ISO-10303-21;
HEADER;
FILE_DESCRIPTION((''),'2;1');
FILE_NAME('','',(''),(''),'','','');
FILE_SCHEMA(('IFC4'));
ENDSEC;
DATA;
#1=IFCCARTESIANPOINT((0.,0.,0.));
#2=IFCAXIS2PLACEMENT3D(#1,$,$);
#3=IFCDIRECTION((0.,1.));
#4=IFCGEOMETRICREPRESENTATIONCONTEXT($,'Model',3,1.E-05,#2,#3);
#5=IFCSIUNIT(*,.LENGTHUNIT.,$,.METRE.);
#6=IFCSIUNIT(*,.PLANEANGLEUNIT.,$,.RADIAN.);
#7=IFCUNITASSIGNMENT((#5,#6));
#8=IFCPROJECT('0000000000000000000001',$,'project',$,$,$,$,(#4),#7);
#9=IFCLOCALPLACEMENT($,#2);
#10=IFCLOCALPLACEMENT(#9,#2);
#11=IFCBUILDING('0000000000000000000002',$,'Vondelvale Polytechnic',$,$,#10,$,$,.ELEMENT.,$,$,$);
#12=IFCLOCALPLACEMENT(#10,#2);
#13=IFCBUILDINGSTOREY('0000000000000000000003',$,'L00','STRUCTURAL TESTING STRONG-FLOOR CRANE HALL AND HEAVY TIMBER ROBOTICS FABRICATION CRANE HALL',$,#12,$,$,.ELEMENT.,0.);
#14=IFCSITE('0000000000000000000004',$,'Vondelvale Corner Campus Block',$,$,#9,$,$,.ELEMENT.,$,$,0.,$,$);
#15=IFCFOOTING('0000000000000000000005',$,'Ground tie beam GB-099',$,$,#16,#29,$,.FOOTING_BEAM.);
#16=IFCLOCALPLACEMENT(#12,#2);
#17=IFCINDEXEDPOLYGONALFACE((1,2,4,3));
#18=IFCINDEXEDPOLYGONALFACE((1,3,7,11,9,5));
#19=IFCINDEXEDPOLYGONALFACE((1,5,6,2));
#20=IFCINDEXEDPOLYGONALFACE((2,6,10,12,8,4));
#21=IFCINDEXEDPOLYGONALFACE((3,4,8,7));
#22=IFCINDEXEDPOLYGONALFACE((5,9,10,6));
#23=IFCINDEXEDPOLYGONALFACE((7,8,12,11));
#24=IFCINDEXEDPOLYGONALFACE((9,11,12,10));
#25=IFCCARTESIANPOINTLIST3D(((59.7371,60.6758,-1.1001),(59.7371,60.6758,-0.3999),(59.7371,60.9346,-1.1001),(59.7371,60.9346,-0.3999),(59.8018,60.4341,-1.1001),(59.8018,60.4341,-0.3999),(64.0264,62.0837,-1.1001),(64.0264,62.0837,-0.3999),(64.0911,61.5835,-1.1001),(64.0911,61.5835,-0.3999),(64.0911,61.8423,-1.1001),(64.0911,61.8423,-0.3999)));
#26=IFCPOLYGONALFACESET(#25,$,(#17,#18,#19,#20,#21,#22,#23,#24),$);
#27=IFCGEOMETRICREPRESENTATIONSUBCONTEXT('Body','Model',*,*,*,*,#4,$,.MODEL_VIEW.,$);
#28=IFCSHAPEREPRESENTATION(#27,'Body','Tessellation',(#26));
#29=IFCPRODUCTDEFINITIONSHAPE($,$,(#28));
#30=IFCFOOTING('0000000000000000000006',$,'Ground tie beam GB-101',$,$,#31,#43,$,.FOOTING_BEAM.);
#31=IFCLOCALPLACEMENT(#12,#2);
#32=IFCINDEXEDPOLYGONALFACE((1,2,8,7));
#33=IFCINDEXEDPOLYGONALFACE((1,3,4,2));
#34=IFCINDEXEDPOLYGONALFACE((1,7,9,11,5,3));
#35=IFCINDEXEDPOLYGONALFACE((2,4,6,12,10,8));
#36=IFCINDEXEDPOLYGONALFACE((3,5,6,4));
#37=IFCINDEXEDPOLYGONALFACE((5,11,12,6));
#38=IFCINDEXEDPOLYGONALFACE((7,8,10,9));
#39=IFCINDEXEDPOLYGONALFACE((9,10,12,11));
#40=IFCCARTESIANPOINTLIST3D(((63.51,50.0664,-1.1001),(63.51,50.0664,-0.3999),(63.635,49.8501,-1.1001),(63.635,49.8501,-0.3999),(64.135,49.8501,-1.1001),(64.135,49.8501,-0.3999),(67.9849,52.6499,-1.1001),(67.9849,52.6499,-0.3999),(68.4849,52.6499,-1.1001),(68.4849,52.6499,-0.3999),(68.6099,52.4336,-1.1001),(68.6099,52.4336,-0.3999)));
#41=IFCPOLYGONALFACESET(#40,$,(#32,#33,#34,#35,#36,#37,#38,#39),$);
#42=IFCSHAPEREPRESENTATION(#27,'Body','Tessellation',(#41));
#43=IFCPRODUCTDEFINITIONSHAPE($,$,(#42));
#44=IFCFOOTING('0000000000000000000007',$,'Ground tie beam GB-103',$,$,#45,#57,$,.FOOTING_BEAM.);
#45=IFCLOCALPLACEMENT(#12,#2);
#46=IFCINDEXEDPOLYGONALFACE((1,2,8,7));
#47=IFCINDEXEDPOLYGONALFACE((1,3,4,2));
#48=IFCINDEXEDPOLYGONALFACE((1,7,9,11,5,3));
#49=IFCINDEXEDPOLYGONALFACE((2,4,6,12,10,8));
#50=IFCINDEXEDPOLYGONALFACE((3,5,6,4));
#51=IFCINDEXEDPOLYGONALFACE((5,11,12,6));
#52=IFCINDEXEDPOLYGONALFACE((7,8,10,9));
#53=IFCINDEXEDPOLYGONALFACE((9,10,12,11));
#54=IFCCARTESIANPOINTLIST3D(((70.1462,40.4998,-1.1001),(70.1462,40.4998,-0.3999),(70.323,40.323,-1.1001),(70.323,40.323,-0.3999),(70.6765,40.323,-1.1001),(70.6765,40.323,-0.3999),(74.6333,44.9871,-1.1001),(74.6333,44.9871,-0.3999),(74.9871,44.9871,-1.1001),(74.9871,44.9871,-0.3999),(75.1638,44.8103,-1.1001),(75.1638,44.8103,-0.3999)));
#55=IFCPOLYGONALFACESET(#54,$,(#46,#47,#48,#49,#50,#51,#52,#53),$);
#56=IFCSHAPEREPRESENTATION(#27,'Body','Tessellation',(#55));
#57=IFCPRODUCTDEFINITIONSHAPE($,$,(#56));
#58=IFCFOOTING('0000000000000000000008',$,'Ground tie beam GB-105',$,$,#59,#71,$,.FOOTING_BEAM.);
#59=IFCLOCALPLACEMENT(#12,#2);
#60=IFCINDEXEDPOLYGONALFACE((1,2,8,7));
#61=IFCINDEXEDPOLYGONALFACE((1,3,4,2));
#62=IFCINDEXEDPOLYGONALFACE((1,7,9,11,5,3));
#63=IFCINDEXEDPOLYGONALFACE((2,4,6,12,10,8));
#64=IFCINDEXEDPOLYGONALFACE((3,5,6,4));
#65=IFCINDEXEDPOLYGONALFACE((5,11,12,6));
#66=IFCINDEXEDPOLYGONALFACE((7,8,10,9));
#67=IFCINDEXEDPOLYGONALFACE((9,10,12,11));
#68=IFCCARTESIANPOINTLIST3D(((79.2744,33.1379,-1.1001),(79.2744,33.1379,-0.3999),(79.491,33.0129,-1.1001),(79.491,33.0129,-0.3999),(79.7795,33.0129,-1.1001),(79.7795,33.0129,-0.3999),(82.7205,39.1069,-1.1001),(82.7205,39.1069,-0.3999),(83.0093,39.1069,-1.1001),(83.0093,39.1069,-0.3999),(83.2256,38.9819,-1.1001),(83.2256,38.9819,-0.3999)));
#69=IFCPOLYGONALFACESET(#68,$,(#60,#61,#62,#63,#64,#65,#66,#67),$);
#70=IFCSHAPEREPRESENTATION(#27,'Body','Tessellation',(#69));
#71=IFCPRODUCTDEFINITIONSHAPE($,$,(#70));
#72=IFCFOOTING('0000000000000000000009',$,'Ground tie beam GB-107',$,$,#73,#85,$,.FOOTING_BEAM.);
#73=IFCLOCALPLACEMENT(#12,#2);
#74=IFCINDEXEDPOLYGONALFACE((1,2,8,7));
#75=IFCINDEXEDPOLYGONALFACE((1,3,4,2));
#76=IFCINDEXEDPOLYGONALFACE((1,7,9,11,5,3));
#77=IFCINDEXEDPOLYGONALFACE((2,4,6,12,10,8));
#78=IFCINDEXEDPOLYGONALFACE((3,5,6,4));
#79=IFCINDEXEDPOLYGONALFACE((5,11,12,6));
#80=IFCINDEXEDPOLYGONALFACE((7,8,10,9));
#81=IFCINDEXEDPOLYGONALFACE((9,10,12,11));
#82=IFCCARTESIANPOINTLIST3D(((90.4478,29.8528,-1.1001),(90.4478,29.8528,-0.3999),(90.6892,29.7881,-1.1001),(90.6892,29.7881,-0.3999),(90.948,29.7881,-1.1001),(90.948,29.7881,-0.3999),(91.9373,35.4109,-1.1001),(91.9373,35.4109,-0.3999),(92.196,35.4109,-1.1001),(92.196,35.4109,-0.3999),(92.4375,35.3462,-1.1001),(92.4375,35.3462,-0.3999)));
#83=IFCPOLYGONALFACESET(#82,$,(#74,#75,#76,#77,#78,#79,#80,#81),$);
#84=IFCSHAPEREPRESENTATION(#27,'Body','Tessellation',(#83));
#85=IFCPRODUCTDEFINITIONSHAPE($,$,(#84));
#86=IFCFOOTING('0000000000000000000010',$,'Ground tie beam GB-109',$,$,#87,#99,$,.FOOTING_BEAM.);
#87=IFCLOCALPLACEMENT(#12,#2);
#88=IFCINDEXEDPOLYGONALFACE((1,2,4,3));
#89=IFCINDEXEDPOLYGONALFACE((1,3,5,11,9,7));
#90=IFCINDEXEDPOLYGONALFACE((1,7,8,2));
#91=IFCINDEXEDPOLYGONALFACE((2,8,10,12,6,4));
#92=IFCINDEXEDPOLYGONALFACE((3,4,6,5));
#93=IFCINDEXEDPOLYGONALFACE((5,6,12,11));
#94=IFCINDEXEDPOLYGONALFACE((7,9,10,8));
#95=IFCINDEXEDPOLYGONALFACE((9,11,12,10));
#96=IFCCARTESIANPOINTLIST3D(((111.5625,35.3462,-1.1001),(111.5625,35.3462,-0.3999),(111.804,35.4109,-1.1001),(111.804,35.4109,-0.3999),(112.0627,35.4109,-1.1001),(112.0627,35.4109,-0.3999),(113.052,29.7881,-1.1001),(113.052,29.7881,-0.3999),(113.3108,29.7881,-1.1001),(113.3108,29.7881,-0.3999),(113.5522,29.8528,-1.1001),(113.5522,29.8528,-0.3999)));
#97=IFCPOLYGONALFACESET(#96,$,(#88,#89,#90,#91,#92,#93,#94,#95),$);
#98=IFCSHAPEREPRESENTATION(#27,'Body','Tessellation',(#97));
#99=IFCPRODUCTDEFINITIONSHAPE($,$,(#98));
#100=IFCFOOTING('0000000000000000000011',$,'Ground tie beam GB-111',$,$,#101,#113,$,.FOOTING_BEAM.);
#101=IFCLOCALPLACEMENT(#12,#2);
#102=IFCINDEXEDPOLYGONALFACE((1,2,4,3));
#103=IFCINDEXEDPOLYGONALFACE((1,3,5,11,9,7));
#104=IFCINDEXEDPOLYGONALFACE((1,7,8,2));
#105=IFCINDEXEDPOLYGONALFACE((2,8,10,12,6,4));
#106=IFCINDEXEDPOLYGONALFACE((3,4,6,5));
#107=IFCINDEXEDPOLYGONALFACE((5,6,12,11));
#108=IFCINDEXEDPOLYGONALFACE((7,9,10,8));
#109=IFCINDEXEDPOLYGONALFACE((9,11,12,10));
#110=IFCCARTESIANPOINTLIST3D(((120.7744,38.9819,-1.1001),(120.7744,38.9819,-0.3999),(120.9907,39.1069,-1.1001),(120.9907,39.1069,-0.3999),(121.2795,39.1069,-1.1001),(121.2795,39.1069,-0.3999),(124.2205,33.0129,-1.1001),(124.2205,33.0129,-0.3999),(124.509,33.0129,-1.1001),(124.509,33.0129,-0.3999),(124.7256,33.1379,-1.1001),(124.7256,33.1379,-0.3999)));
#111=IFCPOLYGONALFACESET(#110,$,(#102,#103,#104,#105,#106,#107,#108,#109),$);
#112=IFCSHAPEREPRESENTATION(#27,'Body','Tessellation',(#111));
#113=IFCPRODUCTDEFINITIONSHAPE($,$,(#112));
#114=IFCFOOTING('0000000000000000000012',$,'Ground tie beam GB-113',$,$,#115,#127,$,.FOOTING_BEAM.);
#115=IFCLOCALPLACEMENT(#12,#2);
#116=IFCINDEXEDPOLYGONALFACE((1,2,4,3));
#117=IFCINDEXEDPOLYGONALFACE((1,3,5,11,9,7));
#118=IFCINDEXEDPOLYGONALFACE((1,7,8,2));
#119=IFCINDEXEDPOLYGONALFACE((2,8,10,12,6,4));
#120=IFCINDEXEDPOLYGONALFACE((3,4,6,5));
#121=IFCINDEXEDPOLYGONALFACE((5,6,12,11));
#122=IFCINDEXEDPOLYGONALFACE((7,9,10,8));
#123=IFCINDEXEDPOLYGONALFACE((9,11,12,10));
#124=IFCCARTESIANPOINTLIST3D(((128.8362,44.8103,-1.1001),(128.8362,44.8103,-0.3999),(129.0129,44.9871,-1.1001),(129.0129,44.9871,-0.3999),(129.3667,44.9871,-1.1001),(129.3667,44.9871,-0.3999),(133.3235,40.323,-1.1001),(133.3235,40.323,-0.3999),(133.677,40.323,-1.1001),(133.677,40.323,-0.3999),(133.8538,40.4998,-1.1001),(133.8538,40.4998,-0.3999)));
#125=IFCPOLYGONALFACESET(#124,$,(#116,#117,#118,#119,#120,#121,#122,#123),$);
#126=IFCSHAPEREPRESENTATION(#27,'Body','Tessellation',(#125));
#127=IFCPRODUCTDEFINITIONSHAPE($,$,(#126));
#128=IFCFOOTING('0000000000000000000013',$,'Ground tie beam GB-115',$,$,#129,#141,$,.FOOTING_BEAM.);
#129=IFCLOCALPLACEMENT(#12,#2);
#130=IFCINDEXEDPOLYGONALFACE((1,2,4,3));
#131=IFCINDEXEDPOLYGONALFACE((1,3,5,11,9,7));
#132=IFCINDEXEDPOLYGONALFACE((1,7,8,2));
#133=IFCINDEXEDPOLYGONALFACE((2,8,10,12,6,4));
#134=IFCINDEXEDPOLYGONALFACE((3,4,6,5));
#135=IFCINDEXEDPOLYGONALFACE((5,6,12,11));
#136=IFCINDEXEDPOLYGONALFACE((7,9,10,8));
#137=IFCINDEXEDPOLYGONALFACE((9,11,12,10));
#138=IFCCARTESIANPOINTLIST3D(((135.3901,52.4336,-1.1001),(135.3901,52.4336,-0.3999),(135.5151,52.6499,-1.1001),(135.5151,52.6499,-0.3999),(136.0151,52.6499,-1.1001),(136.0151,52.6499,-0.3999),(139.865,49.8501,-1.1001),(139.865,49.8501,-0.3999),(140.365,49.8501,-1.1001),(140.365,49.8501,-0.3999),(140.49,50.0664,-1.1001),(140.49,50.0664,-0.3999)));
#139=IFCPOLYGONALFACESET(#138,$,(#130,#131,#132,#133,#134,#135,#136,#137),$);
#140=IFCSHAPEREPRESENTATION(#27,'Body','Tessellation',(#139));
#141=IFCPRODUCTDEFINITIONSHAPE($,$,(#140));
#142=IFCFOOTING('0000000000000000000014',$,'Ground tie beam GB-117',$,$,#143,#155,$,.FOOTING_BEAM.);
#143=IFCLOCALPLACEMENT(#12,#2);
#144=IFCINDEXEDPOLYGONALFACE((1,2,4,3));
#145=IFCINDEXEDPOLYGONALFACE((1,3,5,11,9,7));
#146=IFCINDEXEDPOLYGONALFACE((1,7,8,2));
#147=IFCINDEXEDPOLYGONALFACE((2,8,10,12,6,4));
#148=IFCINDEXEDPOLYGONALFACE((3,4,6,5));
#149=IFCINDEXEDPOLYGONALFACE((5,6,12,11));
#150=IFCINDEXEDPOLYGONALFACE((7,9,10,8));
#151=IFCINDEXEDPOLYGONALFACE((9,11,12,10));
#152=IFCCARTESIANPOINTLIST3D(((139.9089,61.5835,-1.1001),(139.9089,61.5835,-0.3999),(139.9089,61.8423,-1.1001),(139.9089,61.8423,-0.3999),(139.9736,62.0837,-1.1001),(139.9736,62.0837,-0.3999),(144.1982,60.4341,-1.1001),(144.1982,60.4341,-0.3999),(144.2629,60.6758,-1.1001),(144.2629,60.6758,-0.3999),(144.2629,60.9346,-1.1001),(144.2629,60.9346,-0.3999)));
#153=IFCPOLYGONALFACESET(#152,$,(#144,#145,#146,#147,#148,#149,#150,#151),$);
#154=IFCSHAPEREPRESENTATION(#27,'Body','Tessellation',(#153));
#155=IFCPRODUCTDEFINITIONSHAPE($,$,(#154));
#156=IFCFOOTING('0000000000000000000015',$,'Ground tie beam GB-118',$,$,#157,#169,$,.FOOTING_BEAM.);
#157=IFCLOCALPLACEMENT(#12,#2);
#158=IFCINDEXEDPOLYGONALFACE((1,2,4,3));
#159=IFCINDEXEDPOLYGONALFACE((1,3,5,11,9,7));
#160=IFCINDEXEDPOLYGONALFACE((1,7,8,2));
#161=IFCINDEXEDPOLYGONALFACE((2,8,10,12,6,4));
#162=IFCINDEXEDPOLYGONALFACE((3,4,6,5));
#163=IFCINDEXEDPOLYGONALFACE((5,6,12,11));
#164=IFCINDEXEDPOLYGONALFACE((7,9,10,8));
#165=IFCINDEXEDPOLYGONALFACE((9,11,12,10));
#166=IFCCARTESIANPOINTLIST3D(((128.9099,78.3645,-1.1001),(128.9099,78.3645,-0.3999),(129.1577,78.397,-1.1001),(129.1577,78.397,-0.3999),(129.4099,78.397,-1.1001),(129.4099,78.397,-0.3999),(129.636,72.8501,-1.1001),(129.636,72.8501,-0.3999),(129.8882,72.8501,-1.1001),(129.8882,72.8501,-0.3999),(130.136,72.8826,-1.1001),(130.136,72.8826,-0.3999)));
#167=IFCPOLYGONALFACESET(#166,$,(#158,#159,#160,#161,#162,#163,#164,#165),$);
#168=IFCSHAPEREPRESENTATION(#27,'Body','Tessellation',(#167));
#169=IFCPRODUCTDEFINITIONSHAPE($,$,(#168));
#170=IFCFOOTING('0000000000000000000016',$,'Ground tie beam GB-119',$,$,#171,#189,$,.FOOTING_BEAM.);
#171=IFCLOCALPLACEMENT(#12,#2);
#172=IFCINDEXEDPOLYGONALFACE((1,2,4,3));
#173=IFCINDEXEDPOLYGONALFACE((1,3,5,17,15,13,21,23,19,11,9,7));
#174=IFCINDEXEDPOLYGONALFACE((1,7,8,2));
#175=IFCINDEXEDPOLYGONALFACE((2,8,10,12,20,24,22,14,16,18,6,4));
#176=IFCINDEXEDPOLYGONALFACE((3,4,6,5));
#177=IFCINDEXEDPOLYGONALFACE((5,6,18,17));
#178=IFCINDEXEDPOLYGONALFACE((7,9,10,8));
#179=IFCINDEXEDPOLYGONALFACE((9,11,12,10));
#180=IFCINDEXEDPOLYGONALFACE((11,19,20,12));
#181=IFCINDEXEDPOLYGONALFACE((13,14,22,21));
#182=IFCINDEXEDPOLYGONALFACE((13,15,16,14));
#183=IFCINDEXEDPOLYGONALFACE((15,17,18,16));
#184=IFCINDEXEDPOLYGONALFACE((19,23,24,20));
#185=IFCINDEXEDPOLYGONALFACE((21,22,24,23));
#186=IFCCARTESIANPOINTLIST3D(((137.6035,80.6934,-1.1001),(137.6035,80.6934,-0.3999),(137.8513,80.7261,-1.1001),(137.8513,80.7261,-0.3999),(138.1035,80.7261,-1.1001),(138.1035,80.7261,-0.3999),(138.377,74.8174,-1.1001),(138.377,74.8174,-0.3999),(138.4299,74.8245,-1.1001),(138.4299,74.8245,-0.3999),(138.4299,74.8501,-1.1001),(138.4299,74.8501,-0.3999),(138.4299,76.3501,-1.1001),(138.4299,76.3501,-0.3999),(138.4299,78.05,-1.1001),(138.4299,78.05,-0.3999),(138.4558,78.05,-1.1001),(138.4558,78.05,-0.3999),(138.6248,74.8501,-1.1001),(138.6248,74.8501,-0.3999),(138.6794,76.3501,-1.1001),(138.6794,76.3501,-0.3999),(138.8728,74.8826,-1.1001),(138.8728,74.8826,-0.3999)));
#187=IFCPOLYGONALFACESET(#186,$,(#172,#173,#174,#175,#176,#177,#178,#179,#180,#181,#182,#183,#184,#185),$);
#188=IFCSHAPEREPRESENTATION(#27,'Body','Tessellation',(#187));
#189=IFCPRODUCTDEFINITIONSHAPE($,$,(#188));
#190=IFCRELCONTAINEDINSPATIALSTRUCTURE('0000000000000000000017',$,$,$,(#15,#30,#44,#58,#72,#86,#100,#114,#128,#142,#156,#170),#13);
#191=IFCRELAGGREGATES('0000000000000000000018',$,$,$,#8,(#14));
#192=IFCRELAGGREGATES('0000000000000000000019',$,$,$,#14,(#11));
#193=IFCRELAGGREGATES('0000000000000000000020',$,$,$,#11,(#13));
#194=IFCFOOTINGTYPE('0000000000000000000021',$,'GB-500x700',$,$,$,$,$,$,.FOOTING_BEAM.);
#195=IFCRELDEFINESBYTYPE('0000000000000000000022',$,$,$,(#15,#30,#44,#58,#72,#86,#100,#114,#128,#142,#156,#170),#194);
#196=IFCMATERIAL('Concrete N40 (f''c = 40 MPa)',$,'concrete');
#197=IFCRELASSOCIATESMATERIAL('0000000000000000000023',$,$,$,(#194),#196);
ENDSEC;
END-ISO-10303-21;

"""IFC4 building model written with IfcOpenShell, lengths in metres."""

from ifc_helpers import new_model, si_unit, direction, frame, origin, place, context, subcontext, project, spatial, polyline, outline, extrude, material, type_object, element, save


model = new_model("IFC4")

# Units and contexts
model_context = context("Model", 3, precision=1e-05, world=origin(), true_north=direction((0.0, 1.0)))
body_context = subcontext(model_context, "Body", "Model", "MODEL_VIEW")
ifc_project = project(units=[si_unit("LENGTHUNIT", "METRE"), si_unit("PLANEANGLEUNIT", "RADIAN")], contexts=[model_context])

# Site, building, storey
site_placement = place(None, origin())
site = spatial("IfcSite", under=ifc_project, at=site_placement, Name="Vondelvale Corner Campus Block", CompositionType="ELEMENT", RefElevation=0.0)
building_placement = place(site_placement, origin())
building = spatial("IfcBuilding", under=site, at=building_placement, Name="Vondelvale Polytechnic", CompositionType="ELEMENT")
storey_placement = place(building_placement, origin())
storey = spatial("IfcBuildingStorey", under=building, at=storey_placement, Name="L00", Description="STRUCTURAL TESTING STRONG-FLOOR CRANE HALL AND HEAVY TIMBER ROBOTICS FABRICATION CRANE HALL", CompositionType="ELEMENT", Elevation=0.0)

# Footings
ifc_material = material(Name="Concrete N40 (f'c = 40 MPa)", Category="concrete")
footing_type = type_object("IfcFootingType", Name="GB-500x700", PredefinedType="FOOTING_BEAM", material=ifc_material)
footing_1_placement = place(storey_placement, frame((0.0, 0.0, -1.1001)))
element("IfcFooting", 1, at=footing_1_placement, inside=storey, type_object=footing_type, Name="Ground tie beam GB-099", PredefinedType="FOOTING_BEAM", context=body_context, shape_type="SweptSolid", body=[
    extrude(outline(polyline([(64.0264, 62.0837), (64.0911, 61.8423), (64.0911, 61.5835), (59.8018, 60.4341), (59.7371, 60.6758), (59.7371, 60.9346), (64.0264, 62.0837)])), origin(), (0.0, 0.0, 1.0), 0.7002),
])
footing_2_placement = place(storey_placement, frame((0.0, 0.0, -1.1001)))
element("IfcFooting", 2, at=footing_2_placement, inside=storey, type_object=footing_type, Name="Ground tie beam GB-101", PredefinedType="FOOTING_BEAM", context=body_context, shape_type="SweptSolid", body=[
    extrude(outline(polyline([(63.51, 50.0664), (67.9849, 52.6499), (68.4849, 52.6499), (68.6099, 52.4336), (64.135, 49.8501), (63.635, 49.8501), (63.51, 50.0664)])), origin(), (0.0, 0.0, 1.0), 0.7002),
])
footing_3_placement = place(storey_placement, frame((0.0, 0.0, -1.1001)))
element("IfcFooting", 3, at=footing_3_placement, inside=storey, type_object=footing_type, Name="Ground tie beam GB-103", PredefinedType="FOOTING_BEAM", context=body_context, shape_type="SweptSolid", body=[
    extrude(outline(polyline([(70.1462, 40.4998), (74.6333, 44.9871), (74.9871, 44.9871), (75.1638, 44.8103), (70.6765, 40.323), (70.323, 40.323), (70.1462, 40.4998)])), origin(), (0.0, 0.0, 1.0), 0.7002),
])
footing_4_placement = place(storey_placement, frame((0.0, 0.0, -1.1001)))
element("IfcFooting", 4, at=footing_4_placement, inside=storey, type_object=footing_type, Name="Ground tie beam GB-105", PredefinedType="FOOTING_BEAM", context=body_context, shape_type="SweptSolid", body=[
    extrude(outline(polyline([(79.2744, 33.1379), (82.7205, 39.1069), (83.0093, 39.1069), (83.2256, 38.9819), (79.7795, 33.0129), (79.491, 33.0129), (79.2744, 33.1379)])), origin(), (0.0, 0.0, 1.0), 0.7002),
])
footing_5_placement = place(storey_placement, frame((0.0, 0.0, -1.1001)))
element("IfcFooting", 5, at=footing_5_placement, inside=storey, type_object=footing_type, Name="Ground tie beam GB-107", PredefinedType="FOOTING_BEAM", context=body_context, shape_type="SweptSolid", body=[
    extrude(outline(polyline([(90.4478, 29.8528), (91.9373, 35.4109), (92.196, 35.4109), (92.4375, 35.3462), (90.948, 29.7881), (90.6892, 29.7881), (90.4478, 29.8528)])), origin(), (0.0, 0.0, 1.0), 0.7002),
])
footing_6_placement = place(storey_placement, frame((0.0, 0.0, -1.1001)))
element("IfcFooting", 6, at=footing_6_placement, inside=storey, type_object=footing_type, Name="Ground tie beam GB-109", PredefinedType="FOOTING_BEAM", context=body_context, shape_type="SweptSolid", body=[
    extrude(outline(polyline([(111.5625, 35.3462), (111.804, 35.4109), (112.0627, 35.4109), (113.5522, 29.8528), (113.3108, 29.7881), (113.052, 29.7881), (111.5625, 35.3462)])), origin(), (0.0, 0.0, 1.0), 0.7002),
])
footing_7_placement = place(storey_placement, frame((0.0, 0.0, -1.1001)))
element("IfcFooting", 7, at=footing_7_placement, inside=storey, type_object=footing_type, Name="Ground tie beam GB-111", PredefinedType="FOOTING_BEAM", context=body_context, shape_type="SweptSolid", body=[
    extrude(outline(polyline([(120.7744, 38.9819), (120.9907, 39.1069), (121.2795, 39.1069), (124.7256, 33.1379), (124.509, 33.0129), (124.2205, 33.0129), (120.7744, 38.9819)])), origin(), (0.0, 0.0, 1.0), 0.7002),
])
footing_8_placement = place(storey_placement, frame((0.0, 0.0, -1.1001)))
element("IfcFooting", 8, at=footing_8_placement, inside=storey, type_object=footing_type, Name="Ground tie beam GB-113", PredefinedType="FOOTING_BEAM", context=body_context, shape_type="SweptSolid", body=[
    extrude(outline(polyline([(128.8362, 44.8103), (129.0129, 44.9871), (129.3667, 44.9871), (133.8538, 40.4998), (133.677, 40.323), (133.3235, 40.323), (128.8362, 44.8103)])), origin(), (0.0, 0.0, 1.0), 0.7002),
])
footing_9_placement = place(storey_placement, frame((0.0, 0.0, -1.1001)))
element("IfcFooting", 9, at=footing_9_placement, inside=storey, type_object=footing_type, Name="Ground tie beam GB-115", PredefinedType="FOOTING_BEAM", context=body_context, shape_type="SweptSolid", body=[
    extrude(outline(polyline([(135.3901, 52.4336), (135.5151, 52.6499), (136.0151, 52.6499), (140.49, 50.0664), (140.365, 49.8501), (139.865, 49.8501), (135.3901, 52.4336)])), origin(), (0.0, 0.0, 1.0), 0.7002),
])
footing_10_placement = place(storey_placement, frame((0.0, 0.0, -1.1001)))
element("IfcFooting", 10, at=footing_10_placement, inside=storey, type_object=footing_type, Name="Ground tie beam GB-117", PredefinedType="FOOTING_BEAM", context=body_context, shape_type="SweptSolid", body=[
    extrude(outline(polyline([(144.1982, 60.4341), (139.9089, 61.5835), (139.9089, 61.8423), (139.9736, 62.0837), (144.2629, 60.9346), (144.2629, 60.6758), (144.1982, 60.4341)])), origin(), (0.0, 0.0, 1.0), 0.7002),
])
footing_11_placement = place(storey_placement, frame((0.0, 0.0, -1.1001)))
element("IfcFooting", 11, at=footing_11_placement, inside=storey, type_object=footing_type, Name="Ground tie beam GB-118", PredefinedType="FOOTING_BEAM", context=body_context, shape_type="SweptSolid", body=[
    extrude(outline(polyline([(130.136, 72.8826), (129.8882, 72.8501), (129.636, 72.8501), (128.9099, 78.3645), (129.1577, 78.397), (129.4099, 78.397), (130.136, 72.8826)])), origin(), (0.0, 0.0, 1.0), 0.7002),
])
footing_12_placement = place(storey_placement, frame((0.0, 0.0, -1.1001)))
element("IfcFooting", 12, at=footing_12_placement, inside=storey, type_object=footing_type, Name="Ground tie beam GB-119", PredefinedType="FOOTING_BEAM", context=body_context, shape_type="SweptSolid", body=[
    extrude(outline(polyline([(138.8728, 74.8826), (138.6248, 74.8501), (138.4299, 74.8501), (138.4299, 74.8245), (138.377, 74.8174), (137.6035, 80.6934), (137.8513, 80.7261), (138.1035, 80.7261), (138.4558, 78.05), (138.4299, 78.05), (138.4299, 76.3501), (138.6794, 76.3501), (138.8728, 74.8826)])), origin(), (0.0, 0.0, 1.0), 0.7002),
])

save(model, "model.ifc")
